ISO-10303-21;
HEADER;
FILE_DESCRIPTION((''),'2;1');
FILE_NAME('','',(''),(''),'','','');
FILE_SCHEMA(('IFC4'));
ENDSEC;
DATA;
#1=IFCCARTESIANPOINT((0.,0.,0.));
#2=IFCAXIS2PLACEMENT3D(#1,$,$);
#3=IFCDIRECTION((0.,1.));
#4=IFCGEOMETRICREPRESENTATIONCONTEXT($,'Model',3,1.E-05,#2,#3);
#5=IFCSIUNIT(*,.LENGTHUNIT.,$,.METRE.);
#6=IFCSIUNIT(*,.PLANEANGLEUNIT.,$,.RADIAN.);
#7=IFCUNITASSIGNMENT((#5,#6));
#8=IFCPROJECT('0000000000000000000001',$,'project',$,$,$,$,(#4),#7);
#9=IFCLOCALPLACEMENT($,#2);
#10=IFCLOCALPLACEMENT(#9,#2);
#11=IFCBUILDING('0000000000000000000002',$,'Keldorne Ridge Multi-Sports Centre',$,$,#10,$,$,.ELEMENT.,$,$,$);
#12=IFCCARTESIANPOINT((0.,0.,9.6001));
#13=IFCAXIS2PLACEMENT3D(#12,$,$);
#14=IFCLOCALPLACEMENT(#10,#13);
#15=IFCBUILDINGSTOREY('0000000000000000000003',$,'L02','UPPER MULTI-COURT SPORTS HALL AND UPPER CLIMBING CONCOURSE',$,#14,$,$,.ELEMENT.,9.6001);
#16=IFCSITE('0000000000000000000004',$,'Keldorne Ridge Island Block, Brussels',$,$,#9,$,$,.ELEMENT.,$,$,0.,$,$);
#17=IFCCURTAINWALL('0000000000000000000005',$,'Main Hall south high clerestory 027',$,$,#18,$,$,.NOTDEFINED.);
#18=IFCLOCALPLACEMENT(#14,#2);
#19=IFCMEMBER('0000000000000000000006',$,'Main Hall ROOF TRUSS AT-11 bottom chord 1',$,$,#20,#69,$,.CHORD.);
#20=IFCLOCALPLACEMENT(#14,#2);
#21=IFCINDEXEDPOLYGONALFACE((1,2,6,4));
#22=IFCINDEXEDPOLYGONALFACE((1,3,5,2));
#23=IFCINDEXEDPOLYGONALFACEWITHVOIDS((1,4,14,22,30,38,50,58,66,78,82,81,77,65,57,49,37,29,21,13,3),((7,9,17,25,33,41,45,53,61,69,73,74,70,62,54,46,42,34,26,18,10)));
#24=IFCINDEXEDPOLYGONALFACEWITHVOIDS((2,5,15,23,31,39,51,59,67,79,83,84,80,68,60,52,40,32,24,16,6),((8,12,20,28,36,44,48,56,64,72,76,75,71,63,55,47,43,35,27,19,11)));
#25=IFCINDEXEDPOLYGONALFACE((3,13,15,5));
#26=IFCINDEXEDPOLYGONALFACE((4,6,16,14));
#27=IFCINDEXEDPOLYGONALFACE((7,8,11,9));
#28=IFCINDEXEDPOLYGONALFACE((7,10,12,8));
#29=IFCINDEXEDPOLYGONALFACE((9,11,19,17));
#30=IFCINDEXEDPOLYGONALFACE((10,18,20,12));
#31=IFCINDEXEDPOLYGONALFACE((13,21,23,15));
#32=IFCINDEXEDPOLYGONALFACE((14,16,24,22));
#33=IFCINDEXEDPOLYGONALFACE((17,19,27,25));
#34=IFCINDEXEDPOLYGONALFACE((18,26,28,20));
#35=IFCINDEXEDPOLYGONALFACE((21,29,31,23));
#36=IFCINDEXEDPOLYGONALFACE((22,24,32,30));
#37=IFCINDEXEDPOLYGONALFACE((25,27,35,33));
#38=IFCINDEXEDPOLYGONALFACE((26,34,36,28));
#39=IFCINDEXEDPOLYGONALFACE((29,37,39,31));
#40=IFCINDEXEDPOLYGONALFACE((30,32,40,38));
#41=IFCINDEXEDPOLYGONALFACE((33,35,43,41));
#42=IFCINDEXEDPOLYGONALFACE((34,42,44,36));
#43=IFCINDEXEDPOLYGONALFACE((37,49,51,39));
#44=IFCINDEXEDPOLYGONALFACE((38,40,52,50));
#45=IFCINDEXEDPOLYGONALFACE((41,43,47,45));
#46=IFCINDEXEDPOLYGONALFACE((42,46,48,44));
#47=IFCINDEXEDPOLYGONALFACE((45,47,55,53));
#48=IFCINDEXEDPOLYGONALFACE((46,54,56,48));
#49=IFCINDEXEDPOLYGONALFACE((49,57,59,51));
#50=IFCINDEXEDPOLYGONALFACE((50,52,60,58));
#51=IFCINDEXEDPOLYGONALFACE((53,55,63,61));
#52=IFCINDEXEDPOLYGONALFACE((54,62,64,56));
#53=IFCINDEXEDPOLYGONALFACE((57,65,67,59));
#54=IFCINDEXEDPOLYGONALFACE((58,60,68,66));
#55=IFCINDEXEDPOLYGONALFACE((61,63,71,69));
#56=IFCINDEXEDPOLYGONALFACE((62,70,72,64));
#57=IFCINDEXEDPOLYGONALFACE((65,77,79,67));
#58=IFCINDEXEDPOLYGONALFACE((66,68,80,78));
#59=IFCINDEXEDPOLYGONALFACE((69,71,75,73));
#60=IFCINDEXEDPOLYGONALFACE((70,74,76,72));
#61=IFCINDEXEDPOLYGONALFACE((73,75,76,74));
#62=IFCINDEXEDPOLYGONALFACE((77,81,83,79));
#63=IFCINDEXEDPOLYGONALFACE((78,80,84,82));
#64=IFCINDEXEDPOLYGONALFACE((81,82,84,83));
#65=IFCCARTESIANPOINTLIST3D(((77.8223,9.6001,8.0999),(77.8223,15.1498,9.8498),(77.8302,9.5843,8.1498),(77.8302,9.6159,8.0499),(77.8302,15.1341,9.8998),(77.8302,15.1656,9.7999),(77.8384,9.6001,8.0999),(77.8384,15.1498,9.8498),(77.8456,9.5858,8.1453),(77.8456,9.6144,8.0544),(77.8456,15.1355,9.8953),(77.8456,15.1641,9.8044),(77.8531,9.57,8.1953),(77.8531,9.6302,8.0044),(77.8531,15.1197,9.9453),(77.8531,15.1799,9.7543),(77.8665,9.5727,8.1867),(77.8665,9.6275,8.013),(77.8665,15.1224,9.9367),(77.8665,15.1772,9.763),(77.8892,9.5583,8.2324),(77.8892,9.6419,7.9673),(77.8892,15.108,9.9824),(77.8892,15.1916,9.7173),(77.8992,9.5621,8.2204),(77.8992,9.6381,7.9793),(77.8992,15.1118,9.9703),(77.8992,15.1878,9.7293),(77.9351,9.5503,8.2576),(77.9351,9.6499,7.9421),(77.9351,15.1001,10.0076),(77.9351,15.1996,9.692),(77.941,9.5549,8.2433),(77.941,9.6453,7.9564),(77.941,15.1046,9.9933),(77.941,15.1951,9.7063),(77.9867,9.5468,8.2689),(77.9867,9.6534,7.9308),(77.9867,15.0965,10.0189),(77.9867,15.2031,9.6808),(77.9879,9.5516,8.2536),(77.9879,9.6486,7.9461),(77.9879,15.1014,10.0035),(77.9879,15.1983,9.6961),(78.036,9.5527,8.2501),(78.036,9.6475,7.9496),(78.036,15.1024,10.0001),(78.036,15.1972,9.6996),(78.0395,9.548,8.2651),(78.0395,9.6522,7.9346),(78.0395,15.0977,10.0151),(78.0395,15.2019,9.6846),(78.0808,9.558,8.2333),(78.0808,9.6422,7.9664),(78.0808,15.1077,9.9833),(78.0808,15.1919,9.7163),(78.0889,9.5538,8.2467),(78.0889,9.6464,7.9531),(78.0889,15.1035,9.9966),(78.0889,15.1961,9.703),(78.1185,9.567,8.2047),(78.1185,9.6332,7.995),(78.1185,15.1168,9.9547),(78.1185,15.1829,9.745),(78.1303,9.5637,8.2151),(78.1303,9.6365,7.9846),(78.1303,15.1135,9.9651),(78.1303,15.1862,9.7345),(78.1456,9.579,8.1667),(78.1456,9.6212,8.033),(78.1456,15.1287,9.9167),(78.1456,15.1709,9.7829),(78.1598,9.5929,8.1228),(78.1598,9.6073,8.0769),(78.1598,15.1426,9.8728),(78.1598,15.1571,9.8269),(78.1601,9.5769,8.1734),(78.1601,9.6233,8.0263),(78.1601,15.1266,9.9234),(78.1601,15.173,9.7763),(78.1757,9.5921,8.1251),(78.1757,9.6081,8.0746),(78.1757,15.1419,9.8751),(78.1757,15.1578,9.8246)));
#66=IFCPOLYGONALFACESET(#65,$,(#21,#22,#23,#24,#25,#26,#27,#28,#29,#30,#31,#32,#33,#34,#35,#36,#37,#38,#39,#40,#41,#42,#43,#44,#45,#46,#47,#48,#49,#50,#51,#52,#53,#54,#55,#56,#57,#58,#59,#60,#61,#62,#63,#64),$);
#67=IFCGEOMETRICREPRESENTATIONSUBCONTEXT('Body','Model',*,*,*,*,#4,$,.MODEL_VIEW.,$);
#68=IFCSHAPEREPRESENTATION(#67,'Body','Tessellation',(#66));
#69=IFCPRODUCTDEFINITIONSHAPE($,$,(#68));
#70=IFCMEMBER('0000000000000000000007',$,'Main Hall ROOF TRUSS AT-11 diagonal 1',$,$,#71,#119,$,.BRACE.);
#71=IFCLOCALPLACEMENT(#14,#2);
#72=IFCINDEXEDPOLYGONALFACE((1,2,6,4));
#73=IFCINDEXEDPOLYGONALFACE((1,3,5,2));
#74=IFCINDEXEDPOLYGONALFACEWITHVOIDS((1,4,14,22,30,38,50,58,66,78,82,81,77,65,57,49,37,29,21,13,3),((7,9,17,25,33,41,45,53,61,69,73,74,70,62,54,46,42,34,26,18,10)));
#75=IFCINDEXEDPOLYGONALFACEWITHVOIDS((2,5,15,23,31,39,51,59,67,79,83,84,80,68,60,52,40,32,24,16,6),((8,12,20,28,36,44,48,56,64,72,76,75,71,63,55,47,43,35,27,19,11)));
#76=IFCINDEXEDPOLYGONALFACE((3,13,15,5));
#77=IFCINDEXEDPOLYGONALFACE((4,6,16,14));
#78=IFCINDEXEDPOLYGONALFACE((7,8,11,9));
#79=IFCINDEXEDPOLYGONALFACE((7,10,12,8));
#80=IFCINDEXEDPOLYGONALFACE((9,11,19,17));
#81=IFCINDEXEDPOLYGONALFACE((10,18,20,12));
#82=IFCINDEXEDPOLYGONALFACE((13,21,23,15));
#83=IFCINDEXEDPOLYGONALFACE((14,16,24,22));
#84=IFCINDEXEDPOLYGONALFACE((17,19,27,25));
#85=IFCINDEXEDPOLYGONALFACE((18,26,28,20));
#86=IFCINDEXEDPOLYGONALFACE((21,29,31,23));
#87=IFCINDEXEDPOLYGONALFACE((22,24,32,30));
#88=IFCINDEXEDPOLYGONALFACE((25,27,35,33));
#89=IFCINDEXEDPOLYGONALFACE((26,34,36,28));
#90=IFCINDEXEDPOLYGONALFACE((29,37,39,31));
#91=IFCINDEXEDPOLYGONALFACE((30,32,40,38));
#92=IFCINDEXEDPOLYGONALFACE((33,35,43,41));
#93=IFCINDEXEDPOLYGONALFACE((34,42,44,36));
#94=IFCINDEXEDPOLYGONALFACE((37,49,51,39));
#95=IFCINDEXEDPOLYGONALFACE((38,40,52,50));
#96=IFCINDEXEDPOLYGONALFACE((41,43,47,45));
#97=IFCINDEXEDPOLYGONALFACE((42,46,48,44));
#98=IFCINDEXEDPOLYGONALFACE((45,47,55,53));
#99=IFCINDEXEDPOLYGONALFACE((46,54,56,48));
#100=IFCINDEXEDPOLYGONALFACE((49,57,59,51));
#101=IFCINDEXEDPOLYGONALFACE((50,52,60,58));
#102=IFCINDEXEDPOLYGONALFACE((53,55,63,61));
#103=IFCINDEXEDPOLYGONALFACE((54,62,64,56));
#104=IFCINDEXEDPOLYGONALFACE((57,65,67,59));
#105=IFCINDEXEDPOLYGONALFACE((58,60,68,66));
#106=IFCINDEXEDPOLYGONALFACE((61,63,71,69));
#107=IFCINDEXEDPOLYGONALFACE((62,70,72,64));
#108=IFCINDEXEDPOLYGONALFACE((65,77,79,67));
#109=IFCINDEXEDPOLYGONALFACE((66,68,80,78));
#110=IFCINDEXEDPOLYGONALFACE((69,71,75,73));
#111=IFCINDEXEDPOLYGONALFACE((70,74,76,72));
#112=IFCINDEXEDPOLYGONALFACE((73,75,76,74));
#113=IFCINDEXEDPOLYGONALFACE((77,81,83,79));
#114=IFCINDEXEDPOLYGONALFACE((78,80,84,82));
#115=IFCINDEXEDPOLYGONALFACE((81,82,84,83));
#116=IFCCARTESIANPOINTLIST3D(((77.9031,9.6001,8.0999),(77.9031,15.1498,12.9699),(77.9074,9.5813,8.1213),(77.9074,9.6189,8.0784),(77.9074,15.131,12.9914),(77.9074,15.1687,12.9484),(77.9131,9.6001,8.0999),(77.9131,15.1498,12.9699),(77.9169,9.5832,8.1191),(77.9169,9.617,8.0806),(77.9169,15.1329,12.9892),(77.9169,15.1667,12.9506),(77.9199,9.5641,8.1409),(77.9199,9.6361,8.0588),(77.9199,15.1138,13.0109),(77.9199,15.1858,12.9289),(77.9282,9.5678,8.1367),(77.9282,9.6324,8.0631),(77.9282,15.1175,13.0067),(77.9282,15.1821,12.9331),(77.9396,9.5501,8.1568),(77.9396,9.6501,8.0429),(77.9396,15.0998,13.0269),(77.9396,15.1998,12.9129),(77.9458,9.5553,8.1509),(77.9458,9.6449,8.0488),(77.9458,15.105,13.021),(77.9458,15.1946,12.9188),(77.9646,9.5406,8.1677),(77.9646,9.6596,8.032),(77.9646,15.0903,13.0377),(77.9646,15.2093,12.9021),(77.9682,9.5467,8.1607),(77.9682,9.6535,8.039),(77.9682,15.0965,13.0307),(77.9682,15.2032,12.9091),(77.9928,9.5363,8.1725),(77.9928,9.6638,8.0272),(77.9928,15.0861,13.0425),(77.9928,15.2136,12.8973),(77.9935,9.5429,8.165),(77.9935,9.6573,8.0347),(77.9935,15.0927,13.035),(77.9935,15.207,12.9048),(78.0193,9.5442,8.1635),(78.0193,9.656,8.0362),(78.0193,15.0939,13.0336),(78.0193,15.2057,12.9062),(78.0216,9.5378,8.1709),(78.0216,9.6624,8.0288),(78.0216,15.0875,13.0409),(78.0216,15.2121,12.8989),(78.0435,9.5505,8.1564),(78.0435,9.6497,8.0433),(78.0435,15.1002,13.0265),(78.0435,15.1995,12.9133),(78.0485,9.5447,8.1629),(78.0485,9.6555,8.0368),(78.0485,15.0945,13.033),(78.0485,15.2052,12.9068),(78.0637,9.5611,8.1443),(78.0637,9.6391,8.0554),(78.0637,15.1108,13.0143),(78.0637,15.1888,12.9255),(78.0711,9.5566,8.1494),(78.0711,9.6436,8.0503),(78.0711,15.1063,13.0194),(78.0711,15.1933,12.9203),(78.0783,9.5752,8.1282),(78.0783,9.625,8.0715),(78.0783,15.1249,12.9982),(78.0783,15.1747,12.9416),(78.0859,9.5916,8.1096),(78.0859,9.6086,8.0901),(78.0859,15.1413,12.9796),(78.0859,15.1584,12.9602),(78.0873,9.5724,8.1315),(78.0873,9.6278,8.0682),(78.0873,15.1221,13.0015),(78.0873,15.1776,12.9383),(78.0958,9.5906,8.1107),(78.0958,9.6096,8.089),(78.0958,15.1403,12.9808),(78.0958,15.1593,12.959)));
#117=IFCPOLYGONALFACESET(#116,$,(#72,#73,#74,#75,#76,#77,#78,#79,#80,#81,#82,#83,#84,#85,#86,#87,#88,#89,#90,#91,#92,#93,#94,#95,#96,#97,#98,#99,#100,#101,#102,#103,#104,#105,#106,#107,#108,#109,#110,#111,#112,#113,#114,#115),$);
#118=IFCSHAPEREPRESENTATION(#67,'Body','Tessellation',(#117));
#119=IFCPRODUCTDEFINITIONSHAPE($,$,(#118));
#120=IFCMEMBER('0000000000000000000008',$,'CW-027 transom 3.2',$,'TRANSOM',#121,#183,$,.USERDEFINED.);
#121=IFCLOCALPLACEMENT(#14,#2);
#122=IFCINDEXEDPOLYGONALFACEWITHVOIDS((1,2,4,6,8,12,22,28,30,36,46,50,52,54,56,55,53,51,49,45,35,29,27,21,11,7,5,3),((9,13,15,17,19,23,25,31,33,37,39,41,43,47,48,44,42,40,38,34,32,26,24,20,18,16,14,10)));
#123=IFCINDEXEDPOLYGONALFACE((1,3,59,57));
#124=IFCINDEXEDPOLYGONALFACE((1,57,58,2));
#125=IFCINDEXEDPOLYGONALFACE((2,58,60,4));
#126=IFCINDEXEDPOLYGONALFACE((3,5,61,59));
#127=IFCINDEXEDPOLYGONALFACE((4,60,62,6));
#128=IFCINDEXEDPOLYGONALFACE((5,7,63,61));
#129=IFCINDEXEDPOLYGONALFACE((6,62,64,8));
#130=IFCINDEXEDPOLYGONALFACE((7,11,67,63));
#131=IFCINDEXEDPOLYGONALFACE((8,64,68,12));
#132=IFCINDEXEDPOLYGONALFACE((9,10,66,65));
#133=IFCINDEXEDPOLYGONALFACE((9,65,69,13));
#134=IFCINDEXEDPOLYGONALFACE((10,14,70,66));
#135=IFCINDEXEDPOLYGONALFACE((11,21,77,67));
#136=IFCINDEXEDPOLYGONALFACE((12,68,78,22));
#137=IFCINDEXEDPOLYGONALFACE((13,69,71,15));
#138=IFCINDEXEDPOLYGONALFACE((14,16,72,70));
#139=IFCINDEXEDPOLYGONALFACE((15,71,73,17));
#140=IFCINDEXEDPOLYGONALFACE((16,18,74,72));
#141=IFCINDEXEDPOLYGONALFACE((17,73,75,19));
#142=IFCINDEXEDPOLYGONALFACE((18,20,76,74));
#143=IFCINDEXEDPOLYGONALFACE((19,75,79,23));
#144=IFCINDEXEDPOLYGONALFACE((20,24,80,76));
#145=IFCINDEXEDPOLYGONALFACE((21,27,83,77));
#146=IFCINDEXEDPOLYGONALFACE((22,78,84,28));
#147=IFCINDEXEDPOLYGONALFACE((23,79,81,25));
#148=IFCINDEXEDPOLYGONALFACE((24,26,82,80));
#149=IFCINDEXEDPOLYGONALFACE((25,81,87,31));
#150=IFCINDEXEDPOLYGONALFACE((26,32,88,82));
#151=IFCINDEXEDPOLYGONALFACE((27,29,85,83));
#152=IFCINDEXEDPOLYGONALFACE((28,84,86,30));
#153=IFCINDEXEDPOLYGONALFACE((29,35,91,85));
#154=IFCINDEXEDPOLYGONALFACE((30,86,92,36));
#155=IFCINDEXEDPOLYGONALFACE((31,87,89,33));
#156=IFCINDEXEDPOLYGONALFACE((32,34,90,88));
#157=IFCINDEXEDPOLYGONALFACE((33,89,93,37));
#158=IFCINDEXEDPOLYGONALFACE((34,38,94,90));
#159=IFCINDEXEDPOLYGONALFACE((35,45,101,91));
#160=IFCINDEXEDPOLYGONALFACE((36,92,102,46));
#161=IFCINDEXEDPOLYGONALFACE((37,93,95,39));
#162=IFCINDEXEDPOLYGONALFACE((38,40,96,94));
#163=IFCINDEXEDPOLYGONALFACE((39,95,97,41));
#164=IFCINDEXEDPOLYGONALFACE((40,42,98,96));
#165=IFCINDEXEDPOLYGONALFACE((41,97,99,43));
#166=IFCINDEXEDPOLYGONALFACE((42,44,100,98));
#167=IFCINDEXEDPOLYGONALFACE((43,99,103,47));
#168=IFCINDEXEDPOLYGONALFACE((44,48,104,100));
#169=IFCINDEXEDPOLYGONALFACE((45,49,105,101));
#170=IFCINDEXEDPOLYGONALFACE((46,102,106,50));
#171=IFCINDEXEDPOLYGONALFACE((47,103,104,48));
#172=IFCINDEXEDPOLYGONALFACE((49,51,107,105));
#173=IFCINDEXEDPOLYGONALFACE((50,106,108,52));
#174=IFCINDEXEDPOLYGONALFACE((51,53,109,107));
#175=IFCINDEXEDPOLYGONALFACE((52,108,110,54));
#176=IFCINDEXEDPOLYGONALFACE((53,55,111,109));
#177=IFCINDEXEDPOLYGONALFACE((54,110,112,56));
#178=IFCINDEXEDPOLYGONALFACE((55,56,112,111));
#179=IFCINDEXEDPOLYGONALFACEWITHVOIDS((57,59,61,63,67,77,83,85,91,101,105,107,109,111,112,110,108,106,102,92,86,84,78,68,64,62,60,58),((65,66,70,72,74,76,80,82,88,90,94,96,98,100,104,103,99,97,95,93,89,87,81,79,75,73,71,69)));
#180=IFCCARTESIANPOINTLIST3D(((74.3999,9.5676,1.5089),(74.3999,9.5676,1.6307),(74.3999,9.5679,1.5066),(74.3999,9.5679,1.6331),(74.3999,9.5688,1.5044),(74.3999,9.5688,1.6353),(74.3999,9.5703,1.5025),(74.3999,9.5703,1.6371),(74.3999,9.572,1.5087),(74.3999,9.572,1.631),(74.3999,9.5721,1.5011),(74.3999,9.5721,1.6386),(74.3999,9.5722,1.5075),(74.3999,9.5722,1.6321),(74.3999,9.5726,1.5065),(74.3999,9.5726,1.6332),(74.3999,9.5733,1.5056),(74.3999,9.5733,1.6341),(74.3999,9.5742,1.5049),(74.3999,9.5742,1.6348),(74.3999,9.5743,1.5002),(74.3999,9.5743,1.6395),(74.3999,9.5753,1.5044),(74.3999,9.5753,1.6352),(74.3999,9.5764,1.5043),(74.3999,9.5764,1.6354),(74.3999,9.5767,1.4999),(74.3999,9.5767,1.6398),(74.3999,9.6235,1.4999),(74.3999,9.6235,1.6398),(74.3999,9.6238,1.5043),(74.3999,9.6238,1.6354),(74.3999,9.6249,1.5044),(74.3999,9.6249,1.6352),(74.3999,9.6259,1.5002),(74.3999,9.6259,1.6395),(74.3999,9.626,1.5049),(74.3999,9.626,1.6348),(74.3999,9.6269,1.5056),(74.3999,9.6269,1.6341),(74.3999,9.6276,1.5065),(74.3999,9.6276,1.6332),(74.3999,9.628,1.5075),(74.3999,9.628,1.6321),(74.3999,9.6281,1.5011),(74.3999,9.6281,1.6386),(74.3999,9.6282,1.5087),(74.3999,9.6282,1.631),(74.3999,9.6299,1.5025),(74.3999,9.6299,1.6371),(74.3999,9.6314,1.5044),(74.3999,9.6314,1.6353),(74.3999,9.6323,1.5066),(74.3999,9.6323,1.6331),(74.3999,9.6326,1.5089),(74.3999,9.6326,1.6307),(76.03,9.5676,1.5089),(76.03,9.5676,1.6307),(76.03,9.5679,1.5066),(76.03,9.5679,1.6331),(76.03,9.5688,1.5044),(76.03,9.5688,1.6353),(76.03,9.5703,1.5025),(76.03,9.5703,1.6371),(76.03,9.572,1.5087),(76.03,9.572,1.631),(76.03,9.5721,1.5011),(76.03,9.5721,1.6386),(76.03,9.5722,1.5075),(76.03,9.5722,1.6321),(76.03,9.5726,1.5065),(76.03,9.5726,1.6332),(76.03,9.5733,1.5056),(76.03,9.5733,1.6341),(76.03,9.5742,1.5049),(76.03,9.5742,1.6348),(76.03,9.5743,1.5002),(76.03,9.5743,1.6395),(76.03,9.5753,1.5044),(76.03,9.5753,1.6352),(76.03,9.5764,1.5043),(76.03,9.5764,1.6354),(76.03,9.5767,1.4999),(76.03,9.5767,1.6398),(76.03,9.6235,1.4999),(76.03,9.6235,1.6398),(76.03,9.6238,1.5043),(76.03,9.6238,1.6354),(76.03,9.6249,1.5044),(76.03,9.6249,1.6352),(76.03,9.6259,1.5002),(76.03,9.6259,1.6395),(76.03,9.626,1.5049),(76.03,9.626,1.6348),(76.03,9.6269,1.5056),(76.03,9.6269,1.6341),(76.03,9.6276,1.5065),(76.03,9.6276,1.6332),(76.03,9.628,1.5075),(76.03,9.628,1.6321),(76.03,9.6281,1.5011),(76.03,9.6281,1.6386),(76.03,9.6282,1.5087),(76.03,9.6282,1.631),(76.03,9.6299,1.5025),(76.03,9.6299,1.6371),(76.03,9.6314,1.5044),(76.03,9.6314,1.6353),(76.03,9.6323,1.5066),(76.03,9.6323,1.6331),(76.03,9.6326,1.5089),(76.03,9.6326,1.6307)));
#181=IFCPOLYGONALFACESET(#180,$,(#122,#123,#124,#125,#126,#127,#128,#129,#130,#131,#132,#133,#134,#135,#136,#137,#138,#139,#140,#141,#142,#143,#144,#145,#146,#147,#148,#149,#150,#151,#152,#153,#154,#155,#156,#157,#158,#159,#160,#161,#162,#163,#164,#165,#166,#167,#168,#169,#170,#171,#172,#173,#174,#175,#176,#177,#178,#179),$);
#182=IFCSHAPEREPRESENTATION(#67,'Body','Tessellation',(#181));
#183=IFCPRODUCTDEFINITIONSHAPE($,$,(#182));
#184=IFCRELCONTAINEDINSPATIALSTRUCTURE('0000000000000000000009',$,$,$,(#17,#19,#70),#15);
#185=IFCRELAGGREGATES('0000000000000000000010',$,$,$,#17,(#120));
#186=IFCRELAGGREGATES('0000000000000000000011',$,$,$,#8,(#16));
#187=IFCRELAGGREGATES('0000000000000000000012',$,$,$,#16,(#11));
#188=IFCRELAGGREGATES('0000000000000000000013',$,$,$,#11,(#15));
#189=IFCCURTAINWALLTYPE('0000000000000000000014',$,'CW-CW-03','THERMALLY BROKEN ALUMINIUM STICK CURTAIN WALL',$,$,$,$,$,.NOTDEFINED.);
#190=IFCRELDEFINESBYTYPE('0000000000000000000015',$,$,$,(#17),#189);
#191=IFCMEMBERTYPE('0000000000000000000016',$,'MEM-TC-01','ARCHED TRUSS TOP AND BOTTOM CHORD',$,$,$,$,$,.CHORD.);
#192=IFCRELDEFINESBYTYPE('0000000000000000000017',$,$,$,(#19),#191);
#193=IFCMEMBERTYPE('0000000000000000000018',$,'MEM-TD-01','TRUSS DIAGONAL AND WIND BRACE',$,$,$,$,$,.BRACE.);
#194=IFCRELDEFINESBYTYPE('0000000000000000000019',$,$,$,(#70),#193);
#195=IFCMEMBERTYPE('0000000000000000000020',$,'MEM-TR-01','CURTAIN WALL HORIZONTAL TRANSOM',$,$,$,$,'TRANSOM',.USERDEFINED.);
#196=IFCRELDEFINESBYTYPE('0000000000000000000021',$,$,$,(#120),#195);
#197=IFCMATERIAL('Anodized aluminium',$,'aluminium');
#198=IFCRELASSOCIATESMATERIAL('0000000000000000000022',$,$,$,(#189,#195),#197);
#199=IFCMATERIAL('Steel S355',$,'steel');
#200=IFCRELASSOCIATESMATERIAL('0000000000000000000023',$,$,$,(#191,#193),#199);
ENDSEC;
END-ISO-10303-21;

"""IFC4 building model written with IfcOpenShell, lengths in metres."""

from ifc_helpers import new_model, si_unit, direction, frame, origin, origin_2d, place, context, subcontext, project, spatial, hollow_rectangle, hollow_circle, extrude, material, material_profile, profile_set, type_object, element, aggregate, save


model = new_model("IFC4")

# Units and contexts
model_context = context("Model", 3, precision=1e-05, world=origin(), true_north=direction((0.0, 1.0)))
body_context = subcontext(model_context, "Body", "Model", "MODEL_VIEW")
ifc_project = project(units=[si_unit("LENGTHUNIT", "METRE"), si_unit("PLANEANGLEUNIT", "RADIAN")], contexts=[model_context])

# Site, building, storey
site_placement = place(None, origin())
site = spatial("IfcSite", under=ifc_project, at=site_placement, Name="Keldorne Ridge Island Block, Brussels", CompositionType="ELEMENT", RefElevation=0.0)
building_placement = place(site_placement, origin())
building = spatial("IfcBuilding", under=site, at=building_placement, Name="Keldorne Ridge Multi-Sports Centre", CompositionType="ELEMENT")
storey_placement = place(building_placement, frame((0.0, 0.0, 9.6001)))
storey = spatial("IfcBuildingStorey", under=building, at=storey_placement, Name="L02", Description="UPPER MULTI-COURT SPORTS HALL AND UPPER CLIMBING CONCOURSE", CompositionType="ELEMENT", Elevation=9.6001)

# Shared definitions
ifc_material_1 = material(Name="Steel S355", Category="steel")

# Curtain wall
ifc_material_2 = material(Name="Anodized aluminium", Category="aluminium")
curtain_wall_type = type_object("IfcCurtainWallType", Name="CW-CW-03", Description="THERMALLY BROKEN ALUMINIUM STICK CURTAIN WALL", PredefinedType="NOTDEFINED", material=ifc_material_2)
curtain_wall_placement = place(storey_placement, origin())
curtain_wall = element("IfcCurtainWall", 1, at=curtain_wall_placement, inside=storey, type_object=curtain_wall_type, Name="Main Hall south high clerestory 027", PredefinedType="NOTDEFINED")

# Members
ifc_material_profile_1 = material_profile(ifc_material_1, hollow_circle(Radius=0.1777, WallThickness=0.0161, at=origin_2d()), Name="CHS 355.6x16")
ifc_profile_set_1 = profile_set([ifc_material_profile_1], Name="Steel S355")
member_type_1 = type_object("IfcMemberType", Name="MEM-TC-01", Description="ARCHED TRUSS TOP AND BOTTOM CHORD", PredefinedType="CHORD", material=ifc_profile_set_1)
member_1_placement = place(storey_placement, frame((78.0, 9.6001, 8.0999), z_axis=(0.0, 0.953709, 0.30073), x_axis=(-1.0, 0.0, 0.0)))
element("IfcMember", 2, at=member_1_placement, inside=storey, type_object=member_type_1, Name="Main Hall ROOF TRUSS AT-11 bottom chord 1", PredefinedType="CHORD", context=body_context, shape_type="SweptSolid", body=[
    extrude(hollow_circle(Radius=0.1777, WallThickness=0.0161, at=origin_2d()), origin(), (0.0, 0.0, 1.0), 5.8191),
])
ifc_material_profile_2 = material_profile(ifc_material_1, hollow_circle(Radius=0.0969, WallThickness=0.01, at=origin_2d()), Name="CHS 193.7x10")
ifc_profile_set_2 = profile_set([ifc_material_profile_2], Name="Steel S355")
member_type_2 = type_object("IfcMemberType", Name="MEM-TD-01", Description="TRUSS DIAGONAL AND WIND BRACE", PredefinedType="BRACE", material=ifc_profile_set_2)
member_2_placement = place(storey_placement, frame((78.0, 9.6001, 8.0999), z_axis=(0.0, 0.751634, 0.659581), x_axis=(-1.0, 0.0, 0.0)))
element("IfcMember", 3, at=member_2_placement, inside=storey, type_object=member_type_2, Name="Main Hall ROOF TRUSS AT-11 diagonal 1", PredefinedType="BRACE", context=body_context, shape_type="SweptSolid", body=[
    extrude(hollow_circle(Radius=0.0969, WallThickness=0.01, at=origin_2d()), origin(), (0.0, 0.0, 1.0), 7.3835),
])

# Member
ifc_material_profile_3 = material_profile(ifc_material_2, hollow_rectangle(XDim=0.0649, YDim=0.1399, WallThickness=0.0044, InnerFilletRadius=0.0044, OuterFilletRadius=0.009, at=origin_2d()), Name="ALU TRANSOM 140x65x4.5")
ifc_profile_set_3 = profile_set([ifc_material_profile_3], Name="Anodized aluminium")
member_type_3 = type_object("IfcMemberType", Name="MEM-TR-01", Description="CURTAIN WALL HORIZONTAL TRANSOM", ElementType="TRANSOM", PredefinedType="USERDEFINED", material=ifc_profile_set_3)
member_3_placement = place(storey_placement, frame((74.3999, 9.6001, 1.5698), z_axis=(1.0, 0.0, 0.0), x_axis=(0.0, 1.0, 0.0)))
member_3 = element("IfcMember", 4, at=member_3_placement, type_object=member_type_3, Name="CW-027 transom 3.2", ObjectType="TRANSOM", PredefinedType="USERDEFINED", context=body_context, shape_type="SweptSolid", body=[
    extrude(hollow_rectangle(XDim=0.0649, YDim=0.1399, WallThickness=0.0044, InnerFilletRadius=0.0044, OuterFilletRadius=0.009, at=origin_2d()), origin(), (0.0, 0.0, 1.0), 1.6301),
])

aggregate(curtain_wall, [member_3])

save(model, "model.ifc")
